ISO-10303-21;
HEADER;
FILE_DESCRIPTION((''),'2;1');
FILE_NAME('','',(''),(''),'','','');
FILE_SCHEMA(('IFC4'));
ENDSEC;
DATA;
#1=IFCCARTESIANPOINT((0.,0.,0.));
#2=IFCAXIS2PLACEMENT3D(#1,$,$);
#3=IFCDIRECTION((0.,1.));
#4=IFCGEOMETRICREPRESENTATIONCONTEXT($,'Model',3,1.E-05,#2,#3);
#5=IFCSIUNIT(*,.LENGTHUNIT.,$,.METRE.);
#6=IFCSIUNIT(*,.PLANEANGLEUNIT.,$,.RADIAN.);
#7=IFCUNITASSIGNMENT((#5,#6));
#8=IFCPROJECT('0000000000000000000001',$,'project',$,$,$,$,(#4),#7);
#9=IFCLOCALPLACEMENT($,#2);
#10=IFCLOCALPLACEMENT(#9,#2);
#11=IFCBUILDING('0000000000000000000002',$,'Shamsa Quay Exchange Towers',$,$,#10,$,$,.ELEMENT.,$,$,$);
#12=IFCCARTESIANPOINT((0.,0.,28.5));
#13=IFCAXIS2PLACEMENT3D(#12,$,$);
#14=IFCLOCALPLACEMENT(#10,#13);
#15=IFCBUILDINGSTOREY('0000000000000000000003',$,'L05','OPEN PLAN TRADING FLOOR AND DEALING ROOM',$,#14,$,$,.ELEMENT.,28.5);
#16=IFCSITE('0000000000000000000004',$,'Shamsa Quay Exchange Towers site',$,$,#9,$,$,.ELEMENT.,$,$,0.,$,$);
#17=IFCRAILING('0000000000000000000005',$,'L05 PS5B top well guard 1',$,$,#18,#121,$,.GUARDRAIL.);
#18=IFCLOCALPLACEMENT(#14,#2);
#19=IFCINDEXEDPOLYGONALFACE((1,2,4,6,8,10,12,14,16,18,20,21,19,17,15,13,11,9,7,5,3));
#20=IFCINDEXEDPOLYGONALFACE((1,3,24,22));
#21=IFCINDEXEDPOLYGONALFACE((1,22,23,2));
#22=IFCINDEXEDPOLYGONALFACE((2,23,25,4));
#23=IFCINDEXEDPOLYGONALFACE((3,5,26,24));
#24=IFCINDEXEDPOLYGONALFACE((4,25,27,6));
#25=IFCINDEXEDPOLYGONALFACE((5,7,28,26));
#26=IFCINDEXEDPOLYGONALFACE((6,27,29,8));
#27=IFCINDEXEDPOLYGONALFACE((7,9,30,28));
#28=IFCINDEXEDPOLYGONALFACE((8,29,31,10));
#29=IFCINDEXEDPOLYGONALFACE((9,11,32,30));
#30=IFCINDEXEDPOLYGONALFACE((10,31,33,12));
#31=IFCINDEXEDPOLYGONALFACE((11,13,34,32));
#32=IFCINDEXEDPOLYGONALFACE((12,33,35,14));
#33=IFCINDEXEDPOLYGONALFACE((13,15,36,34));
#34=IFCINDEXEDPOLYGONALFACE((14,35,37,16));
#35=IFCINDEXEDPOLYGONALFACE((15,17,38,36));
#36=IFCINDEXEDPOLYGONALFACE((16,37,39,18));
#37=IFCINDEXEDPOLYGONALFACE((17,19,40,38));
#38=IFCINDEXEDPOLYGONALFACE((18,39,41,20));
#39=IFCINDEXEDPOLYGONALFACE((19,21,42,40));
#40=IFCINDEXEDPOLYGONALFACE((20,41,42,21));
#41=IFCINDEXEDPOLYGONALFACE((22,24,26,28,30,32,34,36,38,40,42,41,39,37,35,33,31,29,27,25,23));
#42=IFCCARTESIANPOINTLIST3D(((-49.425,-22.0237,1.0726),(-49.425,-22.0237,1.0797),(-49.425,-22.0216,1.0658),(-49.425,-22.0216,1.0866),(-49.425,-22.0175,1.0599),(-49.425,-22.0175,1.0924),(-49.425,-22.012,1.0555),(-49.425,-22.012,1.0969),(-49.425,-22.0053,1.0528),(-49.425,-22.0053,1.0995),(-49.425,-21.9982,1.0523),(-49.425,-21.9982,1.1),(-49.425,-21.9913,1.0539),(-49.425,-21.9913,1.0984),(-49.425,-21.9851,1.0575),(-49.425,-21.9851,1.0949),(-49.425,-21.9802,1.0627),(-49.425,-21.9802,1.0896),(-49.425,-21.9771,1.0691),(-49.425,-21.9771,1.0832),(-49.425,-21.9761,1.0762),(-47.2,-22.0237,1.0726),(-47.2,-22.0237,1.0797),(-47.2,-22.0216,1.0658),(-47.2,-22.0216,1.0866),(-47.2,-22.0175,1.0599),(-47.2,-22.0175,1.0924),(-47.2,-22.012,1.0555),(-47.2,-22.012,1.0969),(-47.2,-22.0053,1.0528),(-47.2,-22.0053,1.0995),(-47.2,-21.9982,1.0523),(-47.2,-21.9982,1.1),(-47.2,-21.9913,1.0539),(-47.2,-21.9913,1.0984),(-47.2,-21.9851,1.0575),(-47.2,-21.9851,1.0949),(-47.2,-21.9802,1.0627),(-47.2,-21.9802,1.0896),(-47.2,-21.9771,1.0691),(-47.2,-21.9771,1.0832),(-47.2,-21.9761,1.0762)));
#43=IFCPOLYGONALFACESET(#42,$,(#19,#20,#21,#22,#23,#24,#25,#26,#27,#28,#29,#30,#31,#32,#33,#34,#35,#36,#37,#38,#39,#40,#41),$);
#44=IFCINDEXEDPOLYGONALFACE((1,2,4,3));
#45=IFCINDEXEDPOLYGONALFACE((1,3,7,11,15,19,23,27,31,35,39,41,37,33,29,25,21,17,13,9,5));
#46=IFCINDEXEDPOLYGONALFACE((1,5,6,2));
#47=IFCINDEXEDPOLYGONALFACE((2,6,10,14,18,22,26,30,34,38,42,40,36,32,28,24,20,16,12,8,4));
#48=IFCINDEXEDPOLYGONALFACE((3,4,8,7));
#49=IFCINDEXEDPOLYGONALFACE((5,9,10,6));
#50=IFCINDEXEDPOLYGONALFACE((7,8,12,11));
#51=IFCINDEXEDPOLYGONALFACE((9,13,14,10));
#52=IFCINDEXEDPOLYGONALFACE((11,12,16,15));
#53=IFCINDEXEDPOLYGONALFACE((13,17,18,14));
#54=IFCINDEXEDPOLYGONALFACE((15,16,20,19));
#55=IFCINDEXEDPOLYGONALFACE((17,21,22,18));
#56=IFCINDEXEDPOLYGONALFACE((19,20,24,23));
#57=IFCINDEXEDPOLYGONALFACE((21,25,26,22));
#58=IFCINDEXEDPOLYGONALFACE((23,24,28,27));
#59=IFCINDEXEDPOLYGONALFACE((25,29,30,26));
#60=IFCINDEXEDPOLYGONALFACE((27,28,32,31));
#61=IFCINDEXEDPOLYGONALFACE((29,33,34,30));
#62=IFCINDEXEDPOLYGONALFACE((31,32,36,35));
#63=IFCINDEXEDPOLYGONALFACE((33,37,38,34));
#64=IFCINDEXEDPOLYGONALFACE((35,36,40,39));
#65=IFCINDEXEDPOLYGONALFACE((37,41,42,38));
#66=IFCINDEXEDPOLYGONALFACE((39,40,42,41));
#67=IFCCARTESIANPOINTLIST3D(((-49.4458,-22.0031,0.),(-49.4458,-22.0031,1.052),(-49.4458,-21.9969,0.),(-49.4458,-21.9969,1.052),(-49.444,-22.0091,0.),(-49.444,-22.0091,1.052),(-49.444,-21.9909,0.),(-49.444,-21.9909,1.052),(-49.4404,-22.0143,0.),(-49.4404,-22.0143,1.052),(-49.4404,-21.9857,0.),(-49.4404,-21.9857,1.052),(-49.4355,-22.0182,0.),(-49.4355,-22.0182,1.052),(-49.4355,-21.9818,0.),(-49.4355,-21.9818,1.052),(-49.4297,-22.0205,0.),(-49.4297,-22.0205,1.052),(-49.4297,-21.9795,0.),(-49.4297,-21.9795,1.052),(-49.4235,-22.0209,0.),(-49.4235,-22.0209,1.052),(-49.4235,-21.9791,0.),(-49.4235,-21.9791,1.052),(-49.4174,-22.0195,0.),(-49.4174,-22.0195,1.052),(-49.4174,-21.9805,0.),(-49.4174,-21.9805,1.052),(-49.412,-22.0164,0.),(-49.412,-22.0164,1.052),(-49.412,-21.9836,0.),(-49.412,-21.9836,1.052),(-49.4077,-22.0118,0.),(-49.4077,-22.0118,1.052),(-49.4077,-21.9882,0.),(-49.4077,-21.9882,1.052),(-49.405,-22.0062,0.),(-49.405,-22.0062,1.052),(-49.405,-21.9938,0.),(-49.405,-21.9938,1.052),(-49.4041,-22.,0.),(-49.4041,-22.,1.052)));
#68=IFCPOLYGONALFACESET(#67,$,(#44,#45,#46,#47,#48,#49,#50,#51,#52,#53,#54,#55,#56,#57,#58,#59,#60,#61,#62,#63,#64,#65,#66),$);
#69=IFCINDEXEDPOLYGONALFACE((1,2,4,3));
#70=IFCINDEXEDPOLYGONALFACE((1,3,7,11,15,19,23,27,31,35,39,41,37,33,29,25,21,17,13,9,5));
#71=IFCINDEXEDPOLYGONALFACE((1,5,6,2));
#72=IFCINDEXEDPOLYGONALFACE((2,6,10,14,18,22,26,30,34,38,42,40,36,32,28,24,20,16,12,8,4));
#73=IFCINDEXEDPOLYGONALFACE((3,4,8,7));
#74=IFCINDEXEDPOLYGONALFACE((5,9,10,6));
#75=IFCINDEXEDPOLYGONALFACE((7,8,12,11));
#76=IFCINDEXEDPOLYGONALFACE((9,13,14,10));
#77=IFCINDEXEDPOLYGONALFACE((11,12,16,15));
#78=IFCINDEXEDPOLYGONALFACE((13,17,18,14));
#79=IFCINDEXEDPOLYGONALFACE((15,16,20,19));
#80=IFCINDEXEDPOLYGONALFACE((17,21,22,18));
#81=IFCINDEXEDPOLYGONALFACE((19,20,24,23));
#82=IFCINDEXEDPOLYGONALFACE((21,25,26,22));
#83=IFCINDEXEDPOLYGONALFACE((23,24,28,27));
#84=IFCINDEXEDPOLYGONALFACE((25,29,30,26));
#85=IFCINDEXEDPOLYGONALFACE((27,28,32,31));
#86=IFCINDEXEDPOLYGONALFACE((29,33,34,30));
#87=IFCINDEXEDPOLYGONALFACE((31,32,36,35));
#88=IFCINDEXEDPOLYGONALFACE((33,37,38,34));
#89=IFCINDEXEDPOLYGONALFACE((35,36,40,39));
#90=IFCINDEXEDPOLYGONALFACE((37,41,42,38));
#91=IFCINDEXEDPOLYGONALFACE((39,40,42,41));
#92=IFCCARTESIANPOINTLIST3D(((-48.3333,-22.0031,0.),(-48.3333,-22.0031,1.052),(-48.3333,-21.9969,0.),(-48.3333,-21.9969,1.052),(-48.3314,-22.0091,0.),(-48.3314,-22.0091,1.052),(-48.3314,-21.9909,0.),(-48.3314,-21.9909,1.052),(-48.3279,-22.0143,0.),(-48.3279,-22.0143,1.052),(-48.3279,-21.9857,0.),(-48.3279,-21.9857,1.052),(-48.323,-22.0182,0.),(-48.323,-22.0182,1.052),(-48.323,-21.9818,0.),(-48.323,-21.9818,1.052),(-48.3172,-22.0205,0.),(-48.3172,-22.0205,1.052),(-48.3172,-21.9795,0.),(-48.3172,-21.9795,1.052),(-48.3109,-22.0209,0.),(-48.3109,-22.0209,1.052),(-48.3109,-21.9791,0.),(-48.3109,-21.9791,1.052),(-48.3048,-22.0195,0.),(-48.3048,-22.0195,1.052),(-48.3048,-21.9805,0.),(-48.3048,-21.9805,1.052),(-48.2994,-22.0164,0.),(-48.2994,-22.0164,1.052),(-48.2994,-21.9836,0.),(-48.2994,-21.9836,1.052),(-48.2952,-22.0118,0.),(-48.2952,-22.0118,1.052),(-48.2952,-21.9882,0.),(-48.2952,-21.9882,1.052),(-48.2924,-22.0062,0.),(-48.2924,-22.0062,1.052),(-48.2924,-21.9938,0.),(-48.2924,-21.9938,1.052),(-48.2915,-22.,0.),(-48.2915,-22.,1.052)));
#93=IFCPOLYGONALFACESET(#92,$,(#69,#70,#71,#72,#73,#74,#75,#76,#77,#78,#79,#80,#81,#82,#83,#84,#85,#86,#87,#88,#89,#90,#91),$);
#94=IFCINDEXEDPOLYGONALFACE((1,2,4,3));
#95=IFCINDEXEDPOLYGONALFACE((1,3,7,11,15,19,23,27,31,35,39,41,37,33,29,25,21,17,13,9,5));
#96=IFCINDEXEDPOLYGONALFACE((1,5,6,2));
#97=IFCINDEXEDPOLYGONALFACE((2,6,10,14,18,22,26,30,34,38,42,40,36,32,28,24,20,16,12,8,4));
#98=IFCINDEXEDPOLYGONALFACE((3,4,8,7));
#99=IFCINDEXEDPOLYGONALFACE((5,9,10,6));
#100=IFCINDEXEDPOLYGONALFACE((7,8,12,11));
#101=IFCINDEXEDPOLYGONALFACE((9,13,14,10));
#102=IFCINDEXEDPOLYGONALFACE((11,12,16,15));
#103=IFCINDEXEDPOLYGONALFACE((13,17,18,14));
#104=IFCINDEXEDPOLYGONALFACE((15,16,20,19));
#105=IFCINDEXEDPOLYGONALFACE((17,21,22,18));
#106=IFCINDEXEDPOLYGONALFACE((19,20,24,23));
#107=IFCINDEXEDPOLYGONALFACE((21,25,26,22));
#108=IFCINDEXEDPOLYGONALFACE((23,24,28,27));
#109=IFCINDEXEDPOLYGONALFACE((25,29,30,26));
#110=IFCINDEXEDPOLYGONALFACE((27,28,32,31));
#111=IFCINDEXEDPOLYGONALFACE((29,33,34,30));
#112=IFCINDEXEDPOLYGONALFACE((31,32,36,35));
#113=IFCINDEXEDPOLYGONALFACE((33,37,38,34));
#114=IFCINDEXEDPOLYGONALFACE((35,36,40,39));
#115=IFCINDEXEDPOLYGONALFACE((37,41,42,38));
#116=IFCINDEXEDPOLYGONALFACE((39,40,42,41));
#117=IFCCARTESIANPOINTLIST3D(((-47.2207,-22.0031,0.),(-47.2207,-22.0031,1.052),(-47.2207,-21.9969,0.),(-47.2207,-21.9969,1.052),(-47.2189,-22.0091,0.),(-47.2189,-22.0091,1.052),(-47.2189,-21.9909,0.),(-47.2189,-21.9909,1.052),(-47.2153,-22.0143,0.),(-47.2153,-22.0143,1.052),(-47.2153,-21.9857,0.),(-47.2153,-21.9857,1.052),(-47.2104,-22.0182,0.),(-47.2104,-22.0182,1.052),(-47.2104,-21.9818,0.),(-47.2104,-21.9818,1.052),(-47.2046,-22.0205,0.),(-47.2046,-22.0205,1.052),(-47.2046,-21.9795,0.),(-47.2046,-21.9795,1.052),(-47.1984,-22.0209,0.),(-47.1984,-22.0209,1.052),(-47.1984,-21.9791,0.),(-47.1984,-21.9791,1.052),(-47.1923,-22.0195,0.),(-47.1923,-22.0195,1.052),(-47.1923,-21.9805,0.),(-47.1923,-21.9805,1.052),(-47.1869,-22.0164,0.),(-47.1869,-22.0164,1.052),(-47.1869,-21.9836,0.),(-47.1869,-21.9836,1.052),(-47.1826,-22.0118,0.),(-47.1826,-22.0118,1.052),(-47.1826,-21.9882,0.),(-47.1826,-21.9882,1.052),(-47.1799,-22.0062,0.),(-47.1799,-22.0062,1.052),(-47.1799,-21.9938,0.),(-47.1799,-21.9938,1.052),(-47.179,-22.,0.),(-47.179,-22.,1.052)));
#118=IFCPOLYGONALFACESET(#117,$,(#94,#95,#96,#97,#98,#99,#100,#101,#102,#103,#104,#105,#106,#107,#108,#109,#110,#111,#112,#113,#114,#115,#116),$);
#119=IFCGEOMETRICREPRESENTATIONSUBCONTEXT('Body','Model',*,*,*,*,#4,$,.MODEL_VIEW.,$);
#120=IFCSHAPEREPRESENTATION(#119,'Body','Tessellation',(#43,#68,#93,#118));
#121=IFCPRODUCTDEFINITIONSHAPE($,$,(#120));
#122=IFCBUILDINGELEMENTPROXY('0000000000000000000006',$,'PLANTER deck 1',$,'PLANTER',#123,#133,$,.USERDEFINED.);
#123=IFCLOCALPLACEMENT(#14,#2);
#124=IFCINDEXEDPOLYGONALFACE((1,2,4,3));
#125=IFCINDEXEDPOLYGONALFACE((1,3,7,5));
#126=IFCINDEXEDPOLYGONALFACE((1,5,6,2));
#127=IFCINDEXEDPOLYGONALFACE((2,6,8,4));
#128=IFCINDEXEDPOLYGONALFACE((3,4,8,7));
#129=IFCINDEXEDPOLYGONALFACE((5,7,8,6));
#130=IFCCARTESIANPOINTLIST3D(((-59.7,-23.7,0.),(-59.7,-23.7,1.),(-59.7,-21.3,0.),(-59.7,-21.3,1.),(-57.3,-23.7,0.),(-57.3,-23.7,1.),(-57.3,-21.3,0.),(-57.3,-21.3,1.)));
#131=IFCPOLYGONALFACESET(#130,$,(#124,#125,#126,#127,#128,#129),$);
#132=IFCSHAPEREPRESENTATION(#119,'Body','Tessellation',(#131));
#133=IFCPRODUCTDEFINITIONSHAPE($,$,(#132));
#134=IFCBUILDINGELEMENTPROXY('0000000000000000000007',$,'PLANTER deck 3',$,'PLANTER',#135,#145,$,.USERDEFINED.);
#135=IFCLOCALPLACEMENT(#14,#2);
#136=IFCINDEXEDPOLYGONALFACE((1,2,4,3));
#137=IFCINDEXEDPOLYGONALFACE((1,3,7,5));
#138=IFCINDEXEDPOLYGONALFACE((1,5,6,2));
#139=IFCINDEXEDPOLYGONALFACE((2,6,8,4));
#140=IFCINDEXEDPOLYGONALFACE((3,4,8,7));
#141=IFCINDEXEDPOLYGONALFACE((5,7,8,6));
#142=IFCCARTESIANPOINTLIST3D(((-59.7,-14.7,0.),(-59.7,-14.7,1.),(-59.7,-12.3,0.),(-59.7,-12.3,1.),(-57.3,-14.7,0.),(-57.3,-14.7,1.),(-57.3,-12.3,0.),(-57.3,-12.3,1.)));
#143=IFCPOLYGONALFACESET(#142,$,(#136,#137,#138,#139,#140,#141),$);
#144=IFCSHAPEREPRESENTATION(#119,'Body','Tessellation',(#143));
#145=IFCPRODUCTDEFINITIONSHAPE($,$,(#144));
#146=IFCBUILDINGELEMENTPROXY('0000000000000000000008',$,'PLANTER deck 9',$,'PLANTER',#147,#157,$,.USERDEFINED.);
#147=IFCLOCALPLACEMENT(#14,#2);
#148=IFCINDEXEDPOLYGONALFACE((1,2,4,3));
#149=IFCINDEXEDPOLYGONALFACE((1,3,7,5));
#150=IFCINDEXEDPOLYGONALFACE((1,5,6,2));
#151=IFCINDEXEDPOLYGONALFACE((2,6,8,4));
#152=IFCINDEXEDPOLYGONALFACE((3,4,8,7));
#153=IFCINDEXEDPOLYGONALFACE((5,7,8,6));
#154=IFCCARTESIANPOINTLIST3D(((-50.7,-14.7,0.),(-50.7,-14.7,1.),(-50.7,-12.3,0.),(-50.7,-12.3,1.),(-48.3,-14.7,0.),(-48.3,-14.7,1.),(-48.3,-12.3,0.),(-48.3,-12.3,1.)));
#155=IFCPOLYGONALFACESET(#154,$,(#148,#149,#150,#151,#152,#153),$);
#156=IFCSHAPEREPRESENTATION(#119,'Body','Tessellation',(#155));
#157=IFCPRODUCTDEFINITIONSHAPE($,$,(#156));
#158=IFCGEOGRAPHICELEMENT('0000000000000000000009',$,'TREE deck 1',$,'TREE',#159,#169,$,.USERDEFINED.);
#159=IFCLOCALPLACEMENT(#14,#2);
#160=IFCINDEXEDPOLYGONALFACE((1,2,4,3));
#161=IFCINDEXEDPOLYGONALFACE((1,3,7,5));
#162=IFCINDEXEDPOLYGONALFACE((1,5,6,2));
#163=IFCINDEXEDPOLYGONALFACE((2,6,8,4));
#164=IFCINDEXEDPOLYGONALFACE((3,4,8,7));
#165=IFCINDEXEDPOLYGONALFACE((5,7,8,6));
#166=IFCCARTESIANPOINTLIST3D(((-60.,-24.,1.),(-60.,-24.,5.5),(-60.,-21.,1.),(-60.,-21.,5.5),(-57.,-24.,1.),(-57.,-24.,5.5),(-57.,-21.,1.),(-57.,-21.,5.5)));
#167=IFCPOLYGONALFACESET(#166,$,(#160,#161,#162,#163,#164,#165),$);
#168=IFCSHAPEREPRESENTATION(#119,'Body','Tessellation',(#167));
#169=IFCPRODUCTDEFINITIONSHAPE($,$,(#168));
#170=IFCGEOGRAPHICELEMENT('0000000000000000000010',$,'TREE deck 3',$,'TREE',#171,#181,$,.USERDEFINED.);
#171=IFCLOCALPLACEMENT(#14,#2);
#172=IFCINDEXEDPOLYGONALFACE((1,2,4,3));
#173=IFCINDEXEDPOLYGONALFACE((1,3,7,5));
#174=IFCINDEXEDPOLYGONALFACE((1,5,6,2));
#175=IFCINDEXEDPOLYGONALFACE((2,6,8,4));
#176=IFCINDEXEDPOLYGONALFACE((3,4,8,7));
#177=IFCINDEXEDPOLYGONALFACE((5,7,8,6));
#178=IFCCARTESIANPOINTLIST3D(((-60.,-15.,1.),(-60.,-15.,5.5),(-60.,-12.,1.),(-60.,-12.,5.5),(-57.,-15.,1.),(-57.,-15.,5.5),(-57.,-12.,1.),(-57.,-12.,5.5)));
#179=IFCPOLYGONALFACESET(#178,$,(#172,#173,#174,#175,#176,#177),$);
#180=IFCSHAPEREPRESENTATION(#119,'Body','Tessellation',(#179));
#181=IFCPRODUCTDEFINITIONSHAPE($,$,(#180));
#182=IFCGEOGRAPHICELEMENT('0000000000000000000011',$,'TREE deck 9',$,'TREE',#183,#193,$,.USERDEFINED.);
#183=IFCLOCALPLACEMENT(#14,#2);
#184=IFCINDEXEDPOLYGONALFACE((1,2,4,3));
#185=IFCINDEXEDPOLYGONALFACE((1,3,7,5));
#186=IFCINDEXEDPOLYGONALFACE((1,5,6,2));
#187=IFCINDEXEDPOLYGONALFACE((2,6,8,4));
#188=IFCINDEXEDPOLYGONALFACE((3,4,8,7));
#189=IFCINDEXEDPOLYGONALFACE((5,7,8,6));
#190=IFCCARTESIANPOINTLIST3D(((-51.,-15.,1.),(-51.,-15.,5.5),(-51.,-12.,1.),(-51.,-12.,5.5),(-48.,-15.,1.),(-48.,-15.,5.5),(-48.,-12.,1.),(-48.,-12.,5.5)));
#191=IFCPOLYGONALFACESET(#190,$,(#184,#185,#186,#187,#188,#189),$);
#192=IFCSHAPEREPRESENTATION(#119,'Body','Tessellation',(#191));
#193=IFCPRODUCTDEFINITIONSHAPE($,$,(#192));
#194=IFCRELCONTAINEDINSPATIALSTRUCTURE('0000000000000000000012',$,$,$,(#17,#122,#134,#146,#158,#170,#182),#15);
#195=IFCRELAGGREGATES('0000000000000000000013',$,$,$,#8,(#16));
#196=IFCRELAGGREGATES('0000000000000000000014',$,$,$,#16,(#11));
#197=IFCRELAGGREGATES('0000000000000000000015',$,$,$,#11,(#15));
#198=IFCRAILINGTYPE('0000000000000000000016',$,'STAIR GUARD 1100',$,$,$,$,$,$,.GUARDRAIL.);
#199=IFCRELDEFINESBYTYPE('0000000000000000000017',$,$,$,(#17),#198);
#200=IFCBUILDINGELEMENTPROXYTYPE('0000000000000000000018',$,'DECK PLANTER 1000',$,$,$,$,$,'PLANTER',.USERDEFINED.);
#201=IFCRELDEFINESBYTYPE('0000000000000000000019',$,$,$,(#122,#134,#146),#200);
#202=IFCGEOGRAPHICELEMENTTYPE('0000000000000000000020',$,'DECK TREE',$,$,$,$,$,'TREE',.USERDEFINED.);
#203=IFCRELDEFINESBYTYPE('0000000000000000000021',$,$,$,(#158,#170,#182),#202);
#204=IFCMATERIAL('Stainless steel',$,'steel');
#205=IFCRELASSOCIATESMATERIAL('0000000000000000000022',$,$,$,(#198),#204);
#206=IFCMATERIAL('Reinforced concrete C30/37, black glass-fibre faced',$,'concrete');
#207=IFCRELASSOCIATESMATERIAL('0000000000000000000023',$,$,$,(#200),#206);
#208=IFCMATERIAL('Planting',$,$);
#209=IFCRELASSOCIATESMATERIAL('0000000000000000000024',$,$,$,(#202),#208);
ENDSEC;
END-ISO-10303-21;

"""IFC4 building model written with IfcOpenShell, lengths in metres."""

from ifc_helpers import new_model, si_unit, direction, frame, origin, origin_2d, place, context, subcontext, project, spatial, rectangle, circle, extrude, material, type_object, element, save


model = new_model("IFC4")

# Units and contexts
model_context = context("Model", 3, precision=1e-05, world=origin(), true_north=direction((0.0, 1.0)))
body_context = subcontext(model_context, "Body", "Model", "MODEL_VIEW")
ifc_project = project(units=[si_unit("LENGTHUNIT", "METRE"), si_unit("PLANEANGLEUNIT", "RADIAN")], contexts=[model_context])

# Site, building, storey
site_placement = place(None, origin())
site = spatial("IfcSite", under=ifc_project, at=site_placement, Name="Shamsa Quay Exchange Towers site", CompositionType="ELEMENT", RefElevation=0.0)
building_placement = place(site_placement, origin())
building = spatial("IfcBuilding", under=site, at=building_placement, Name="Shamsa Quay Exchange Towers", CompositionType="ELEMENT")
storey_placement = place(building_placement, frame((0.0, 0.0, 28.5)))
storey = spatial("IfcBuildingStorey", under=building, at=storey_placement, Name="L05", Description="OPEN PLAN TRADING FLOOR AND DEALING ROOM", CompositionType="ELEMENT", Elevation=28.5)

# Railing
ifc_material_1 = material(Name="Stainless steel", Category="steel")
railing_type_1 = type_object("IfcRailingType", Name="STAIR GUARD 1100", PredefinedType="GUARDRAIL", material=ifc_material_1)
for number, where, name in (
    (1, (-49.425, -22.0, 0.0), "L05 PS5B top well guard 1"),
):
    element("IfcRailing", number, at=place(storey_placement, frame(where)), inside=storey, type_object=railing_type_1, Name=name, PredefinedType="GUARDRAIL", context=body_context, shape_type="SweptSolid", body=[
        extrude(circle(Radius=0.0239, at=origin_2d()), frame((0.0, 0.0, 1.0762), z_axis=(1.0, 0.0, 0.0), x_axis=(0.0, 1.0, 0.0)), (0.0, 0.0, 1.0), 2.2251),
        extrude(circle(Radius=0.021, at=origin_2d()), origin(), (0.0, 0.0, 1.0), 1.052),
        extrude(circle(Radius=0.021, at=origin_2d()), frame((1.1125, 0.0, 0.0)), (0.0, 0.0, 1.0), 1.052),
        extrude(circle(Radius=0.021, at=origin_2d()), frame((2.2251, 0.0, 0.0)), (0.0, 0.0, 1.0), 1.052),
    ])

# Building element proxies
ifc_material_2 = material(Name="Reinforced concrete C30/37, black glass-fibre faced", Category="concrete")
building_element_proxy_type = type_object("IfcBuildingElementProxyType", Name="DECK PLANTER 1000", ElementType="PLANTER", PredefinedType="USERDEFINED", material=ifc_material_2)
for number, where, name in (
    (2, (-58.5, -22.5, 0.0), "PLANTER deck 1"),
    (3, (-58.5, -13.5, 0.0), "PLANTER deck 3"),
    (4, (-49.5, -13.5, 0.0), "PLANTER deck 9"),
):
    element("IfcBuildingElementProxy", number, at=place(storey_placement, frame(where)), inside=storey, type_object=building_element_proxy_type, Name=name, ObjectType="PLANTER", PredefinedType="USERDEFINED", context=body_context, shape_type="SweptSolid", body=[
        extrude(rectangle(XDim=2.3999, YDim=2.3999, at=origin_2d()), origin(), (0.0, 0.0, 1.0), 1.0),
    ])

# Geographic elements
ifc_material_3 = material(Name="Planting")
geographic_element_type = type_object("IfcGeographicElementType", Name="DECK TREE", ElementType="TREE", PredefinedType="USERDEFINED", material=ifc_material_3)
for number, where, name in (
    (5, (-58.5, -22.5, 1.0), "TREE deck 1"),
    (6, (-58.5, -13.5, 1.0), "TREE deck 3"),
    (7, (-49.5, -13.5, 1.0), "TREE deck 9"),
):
    element("IfcGeographicElement", number, at=place(storey_placement, frame(where)), inside=storey, type_object=geographic_element_type, Name=name, ObjectType="TREE", PredefinedType="USERDEFINED", context=body_context, shape_type="SweptSolid", body=[
        extrude(rectangle(XDim=3.0, YDim=3.0, at=origin_2d()), origin(), (0.0, 0.0, 1.0), 4.5),
    ])

save(model, "model.ifc")
